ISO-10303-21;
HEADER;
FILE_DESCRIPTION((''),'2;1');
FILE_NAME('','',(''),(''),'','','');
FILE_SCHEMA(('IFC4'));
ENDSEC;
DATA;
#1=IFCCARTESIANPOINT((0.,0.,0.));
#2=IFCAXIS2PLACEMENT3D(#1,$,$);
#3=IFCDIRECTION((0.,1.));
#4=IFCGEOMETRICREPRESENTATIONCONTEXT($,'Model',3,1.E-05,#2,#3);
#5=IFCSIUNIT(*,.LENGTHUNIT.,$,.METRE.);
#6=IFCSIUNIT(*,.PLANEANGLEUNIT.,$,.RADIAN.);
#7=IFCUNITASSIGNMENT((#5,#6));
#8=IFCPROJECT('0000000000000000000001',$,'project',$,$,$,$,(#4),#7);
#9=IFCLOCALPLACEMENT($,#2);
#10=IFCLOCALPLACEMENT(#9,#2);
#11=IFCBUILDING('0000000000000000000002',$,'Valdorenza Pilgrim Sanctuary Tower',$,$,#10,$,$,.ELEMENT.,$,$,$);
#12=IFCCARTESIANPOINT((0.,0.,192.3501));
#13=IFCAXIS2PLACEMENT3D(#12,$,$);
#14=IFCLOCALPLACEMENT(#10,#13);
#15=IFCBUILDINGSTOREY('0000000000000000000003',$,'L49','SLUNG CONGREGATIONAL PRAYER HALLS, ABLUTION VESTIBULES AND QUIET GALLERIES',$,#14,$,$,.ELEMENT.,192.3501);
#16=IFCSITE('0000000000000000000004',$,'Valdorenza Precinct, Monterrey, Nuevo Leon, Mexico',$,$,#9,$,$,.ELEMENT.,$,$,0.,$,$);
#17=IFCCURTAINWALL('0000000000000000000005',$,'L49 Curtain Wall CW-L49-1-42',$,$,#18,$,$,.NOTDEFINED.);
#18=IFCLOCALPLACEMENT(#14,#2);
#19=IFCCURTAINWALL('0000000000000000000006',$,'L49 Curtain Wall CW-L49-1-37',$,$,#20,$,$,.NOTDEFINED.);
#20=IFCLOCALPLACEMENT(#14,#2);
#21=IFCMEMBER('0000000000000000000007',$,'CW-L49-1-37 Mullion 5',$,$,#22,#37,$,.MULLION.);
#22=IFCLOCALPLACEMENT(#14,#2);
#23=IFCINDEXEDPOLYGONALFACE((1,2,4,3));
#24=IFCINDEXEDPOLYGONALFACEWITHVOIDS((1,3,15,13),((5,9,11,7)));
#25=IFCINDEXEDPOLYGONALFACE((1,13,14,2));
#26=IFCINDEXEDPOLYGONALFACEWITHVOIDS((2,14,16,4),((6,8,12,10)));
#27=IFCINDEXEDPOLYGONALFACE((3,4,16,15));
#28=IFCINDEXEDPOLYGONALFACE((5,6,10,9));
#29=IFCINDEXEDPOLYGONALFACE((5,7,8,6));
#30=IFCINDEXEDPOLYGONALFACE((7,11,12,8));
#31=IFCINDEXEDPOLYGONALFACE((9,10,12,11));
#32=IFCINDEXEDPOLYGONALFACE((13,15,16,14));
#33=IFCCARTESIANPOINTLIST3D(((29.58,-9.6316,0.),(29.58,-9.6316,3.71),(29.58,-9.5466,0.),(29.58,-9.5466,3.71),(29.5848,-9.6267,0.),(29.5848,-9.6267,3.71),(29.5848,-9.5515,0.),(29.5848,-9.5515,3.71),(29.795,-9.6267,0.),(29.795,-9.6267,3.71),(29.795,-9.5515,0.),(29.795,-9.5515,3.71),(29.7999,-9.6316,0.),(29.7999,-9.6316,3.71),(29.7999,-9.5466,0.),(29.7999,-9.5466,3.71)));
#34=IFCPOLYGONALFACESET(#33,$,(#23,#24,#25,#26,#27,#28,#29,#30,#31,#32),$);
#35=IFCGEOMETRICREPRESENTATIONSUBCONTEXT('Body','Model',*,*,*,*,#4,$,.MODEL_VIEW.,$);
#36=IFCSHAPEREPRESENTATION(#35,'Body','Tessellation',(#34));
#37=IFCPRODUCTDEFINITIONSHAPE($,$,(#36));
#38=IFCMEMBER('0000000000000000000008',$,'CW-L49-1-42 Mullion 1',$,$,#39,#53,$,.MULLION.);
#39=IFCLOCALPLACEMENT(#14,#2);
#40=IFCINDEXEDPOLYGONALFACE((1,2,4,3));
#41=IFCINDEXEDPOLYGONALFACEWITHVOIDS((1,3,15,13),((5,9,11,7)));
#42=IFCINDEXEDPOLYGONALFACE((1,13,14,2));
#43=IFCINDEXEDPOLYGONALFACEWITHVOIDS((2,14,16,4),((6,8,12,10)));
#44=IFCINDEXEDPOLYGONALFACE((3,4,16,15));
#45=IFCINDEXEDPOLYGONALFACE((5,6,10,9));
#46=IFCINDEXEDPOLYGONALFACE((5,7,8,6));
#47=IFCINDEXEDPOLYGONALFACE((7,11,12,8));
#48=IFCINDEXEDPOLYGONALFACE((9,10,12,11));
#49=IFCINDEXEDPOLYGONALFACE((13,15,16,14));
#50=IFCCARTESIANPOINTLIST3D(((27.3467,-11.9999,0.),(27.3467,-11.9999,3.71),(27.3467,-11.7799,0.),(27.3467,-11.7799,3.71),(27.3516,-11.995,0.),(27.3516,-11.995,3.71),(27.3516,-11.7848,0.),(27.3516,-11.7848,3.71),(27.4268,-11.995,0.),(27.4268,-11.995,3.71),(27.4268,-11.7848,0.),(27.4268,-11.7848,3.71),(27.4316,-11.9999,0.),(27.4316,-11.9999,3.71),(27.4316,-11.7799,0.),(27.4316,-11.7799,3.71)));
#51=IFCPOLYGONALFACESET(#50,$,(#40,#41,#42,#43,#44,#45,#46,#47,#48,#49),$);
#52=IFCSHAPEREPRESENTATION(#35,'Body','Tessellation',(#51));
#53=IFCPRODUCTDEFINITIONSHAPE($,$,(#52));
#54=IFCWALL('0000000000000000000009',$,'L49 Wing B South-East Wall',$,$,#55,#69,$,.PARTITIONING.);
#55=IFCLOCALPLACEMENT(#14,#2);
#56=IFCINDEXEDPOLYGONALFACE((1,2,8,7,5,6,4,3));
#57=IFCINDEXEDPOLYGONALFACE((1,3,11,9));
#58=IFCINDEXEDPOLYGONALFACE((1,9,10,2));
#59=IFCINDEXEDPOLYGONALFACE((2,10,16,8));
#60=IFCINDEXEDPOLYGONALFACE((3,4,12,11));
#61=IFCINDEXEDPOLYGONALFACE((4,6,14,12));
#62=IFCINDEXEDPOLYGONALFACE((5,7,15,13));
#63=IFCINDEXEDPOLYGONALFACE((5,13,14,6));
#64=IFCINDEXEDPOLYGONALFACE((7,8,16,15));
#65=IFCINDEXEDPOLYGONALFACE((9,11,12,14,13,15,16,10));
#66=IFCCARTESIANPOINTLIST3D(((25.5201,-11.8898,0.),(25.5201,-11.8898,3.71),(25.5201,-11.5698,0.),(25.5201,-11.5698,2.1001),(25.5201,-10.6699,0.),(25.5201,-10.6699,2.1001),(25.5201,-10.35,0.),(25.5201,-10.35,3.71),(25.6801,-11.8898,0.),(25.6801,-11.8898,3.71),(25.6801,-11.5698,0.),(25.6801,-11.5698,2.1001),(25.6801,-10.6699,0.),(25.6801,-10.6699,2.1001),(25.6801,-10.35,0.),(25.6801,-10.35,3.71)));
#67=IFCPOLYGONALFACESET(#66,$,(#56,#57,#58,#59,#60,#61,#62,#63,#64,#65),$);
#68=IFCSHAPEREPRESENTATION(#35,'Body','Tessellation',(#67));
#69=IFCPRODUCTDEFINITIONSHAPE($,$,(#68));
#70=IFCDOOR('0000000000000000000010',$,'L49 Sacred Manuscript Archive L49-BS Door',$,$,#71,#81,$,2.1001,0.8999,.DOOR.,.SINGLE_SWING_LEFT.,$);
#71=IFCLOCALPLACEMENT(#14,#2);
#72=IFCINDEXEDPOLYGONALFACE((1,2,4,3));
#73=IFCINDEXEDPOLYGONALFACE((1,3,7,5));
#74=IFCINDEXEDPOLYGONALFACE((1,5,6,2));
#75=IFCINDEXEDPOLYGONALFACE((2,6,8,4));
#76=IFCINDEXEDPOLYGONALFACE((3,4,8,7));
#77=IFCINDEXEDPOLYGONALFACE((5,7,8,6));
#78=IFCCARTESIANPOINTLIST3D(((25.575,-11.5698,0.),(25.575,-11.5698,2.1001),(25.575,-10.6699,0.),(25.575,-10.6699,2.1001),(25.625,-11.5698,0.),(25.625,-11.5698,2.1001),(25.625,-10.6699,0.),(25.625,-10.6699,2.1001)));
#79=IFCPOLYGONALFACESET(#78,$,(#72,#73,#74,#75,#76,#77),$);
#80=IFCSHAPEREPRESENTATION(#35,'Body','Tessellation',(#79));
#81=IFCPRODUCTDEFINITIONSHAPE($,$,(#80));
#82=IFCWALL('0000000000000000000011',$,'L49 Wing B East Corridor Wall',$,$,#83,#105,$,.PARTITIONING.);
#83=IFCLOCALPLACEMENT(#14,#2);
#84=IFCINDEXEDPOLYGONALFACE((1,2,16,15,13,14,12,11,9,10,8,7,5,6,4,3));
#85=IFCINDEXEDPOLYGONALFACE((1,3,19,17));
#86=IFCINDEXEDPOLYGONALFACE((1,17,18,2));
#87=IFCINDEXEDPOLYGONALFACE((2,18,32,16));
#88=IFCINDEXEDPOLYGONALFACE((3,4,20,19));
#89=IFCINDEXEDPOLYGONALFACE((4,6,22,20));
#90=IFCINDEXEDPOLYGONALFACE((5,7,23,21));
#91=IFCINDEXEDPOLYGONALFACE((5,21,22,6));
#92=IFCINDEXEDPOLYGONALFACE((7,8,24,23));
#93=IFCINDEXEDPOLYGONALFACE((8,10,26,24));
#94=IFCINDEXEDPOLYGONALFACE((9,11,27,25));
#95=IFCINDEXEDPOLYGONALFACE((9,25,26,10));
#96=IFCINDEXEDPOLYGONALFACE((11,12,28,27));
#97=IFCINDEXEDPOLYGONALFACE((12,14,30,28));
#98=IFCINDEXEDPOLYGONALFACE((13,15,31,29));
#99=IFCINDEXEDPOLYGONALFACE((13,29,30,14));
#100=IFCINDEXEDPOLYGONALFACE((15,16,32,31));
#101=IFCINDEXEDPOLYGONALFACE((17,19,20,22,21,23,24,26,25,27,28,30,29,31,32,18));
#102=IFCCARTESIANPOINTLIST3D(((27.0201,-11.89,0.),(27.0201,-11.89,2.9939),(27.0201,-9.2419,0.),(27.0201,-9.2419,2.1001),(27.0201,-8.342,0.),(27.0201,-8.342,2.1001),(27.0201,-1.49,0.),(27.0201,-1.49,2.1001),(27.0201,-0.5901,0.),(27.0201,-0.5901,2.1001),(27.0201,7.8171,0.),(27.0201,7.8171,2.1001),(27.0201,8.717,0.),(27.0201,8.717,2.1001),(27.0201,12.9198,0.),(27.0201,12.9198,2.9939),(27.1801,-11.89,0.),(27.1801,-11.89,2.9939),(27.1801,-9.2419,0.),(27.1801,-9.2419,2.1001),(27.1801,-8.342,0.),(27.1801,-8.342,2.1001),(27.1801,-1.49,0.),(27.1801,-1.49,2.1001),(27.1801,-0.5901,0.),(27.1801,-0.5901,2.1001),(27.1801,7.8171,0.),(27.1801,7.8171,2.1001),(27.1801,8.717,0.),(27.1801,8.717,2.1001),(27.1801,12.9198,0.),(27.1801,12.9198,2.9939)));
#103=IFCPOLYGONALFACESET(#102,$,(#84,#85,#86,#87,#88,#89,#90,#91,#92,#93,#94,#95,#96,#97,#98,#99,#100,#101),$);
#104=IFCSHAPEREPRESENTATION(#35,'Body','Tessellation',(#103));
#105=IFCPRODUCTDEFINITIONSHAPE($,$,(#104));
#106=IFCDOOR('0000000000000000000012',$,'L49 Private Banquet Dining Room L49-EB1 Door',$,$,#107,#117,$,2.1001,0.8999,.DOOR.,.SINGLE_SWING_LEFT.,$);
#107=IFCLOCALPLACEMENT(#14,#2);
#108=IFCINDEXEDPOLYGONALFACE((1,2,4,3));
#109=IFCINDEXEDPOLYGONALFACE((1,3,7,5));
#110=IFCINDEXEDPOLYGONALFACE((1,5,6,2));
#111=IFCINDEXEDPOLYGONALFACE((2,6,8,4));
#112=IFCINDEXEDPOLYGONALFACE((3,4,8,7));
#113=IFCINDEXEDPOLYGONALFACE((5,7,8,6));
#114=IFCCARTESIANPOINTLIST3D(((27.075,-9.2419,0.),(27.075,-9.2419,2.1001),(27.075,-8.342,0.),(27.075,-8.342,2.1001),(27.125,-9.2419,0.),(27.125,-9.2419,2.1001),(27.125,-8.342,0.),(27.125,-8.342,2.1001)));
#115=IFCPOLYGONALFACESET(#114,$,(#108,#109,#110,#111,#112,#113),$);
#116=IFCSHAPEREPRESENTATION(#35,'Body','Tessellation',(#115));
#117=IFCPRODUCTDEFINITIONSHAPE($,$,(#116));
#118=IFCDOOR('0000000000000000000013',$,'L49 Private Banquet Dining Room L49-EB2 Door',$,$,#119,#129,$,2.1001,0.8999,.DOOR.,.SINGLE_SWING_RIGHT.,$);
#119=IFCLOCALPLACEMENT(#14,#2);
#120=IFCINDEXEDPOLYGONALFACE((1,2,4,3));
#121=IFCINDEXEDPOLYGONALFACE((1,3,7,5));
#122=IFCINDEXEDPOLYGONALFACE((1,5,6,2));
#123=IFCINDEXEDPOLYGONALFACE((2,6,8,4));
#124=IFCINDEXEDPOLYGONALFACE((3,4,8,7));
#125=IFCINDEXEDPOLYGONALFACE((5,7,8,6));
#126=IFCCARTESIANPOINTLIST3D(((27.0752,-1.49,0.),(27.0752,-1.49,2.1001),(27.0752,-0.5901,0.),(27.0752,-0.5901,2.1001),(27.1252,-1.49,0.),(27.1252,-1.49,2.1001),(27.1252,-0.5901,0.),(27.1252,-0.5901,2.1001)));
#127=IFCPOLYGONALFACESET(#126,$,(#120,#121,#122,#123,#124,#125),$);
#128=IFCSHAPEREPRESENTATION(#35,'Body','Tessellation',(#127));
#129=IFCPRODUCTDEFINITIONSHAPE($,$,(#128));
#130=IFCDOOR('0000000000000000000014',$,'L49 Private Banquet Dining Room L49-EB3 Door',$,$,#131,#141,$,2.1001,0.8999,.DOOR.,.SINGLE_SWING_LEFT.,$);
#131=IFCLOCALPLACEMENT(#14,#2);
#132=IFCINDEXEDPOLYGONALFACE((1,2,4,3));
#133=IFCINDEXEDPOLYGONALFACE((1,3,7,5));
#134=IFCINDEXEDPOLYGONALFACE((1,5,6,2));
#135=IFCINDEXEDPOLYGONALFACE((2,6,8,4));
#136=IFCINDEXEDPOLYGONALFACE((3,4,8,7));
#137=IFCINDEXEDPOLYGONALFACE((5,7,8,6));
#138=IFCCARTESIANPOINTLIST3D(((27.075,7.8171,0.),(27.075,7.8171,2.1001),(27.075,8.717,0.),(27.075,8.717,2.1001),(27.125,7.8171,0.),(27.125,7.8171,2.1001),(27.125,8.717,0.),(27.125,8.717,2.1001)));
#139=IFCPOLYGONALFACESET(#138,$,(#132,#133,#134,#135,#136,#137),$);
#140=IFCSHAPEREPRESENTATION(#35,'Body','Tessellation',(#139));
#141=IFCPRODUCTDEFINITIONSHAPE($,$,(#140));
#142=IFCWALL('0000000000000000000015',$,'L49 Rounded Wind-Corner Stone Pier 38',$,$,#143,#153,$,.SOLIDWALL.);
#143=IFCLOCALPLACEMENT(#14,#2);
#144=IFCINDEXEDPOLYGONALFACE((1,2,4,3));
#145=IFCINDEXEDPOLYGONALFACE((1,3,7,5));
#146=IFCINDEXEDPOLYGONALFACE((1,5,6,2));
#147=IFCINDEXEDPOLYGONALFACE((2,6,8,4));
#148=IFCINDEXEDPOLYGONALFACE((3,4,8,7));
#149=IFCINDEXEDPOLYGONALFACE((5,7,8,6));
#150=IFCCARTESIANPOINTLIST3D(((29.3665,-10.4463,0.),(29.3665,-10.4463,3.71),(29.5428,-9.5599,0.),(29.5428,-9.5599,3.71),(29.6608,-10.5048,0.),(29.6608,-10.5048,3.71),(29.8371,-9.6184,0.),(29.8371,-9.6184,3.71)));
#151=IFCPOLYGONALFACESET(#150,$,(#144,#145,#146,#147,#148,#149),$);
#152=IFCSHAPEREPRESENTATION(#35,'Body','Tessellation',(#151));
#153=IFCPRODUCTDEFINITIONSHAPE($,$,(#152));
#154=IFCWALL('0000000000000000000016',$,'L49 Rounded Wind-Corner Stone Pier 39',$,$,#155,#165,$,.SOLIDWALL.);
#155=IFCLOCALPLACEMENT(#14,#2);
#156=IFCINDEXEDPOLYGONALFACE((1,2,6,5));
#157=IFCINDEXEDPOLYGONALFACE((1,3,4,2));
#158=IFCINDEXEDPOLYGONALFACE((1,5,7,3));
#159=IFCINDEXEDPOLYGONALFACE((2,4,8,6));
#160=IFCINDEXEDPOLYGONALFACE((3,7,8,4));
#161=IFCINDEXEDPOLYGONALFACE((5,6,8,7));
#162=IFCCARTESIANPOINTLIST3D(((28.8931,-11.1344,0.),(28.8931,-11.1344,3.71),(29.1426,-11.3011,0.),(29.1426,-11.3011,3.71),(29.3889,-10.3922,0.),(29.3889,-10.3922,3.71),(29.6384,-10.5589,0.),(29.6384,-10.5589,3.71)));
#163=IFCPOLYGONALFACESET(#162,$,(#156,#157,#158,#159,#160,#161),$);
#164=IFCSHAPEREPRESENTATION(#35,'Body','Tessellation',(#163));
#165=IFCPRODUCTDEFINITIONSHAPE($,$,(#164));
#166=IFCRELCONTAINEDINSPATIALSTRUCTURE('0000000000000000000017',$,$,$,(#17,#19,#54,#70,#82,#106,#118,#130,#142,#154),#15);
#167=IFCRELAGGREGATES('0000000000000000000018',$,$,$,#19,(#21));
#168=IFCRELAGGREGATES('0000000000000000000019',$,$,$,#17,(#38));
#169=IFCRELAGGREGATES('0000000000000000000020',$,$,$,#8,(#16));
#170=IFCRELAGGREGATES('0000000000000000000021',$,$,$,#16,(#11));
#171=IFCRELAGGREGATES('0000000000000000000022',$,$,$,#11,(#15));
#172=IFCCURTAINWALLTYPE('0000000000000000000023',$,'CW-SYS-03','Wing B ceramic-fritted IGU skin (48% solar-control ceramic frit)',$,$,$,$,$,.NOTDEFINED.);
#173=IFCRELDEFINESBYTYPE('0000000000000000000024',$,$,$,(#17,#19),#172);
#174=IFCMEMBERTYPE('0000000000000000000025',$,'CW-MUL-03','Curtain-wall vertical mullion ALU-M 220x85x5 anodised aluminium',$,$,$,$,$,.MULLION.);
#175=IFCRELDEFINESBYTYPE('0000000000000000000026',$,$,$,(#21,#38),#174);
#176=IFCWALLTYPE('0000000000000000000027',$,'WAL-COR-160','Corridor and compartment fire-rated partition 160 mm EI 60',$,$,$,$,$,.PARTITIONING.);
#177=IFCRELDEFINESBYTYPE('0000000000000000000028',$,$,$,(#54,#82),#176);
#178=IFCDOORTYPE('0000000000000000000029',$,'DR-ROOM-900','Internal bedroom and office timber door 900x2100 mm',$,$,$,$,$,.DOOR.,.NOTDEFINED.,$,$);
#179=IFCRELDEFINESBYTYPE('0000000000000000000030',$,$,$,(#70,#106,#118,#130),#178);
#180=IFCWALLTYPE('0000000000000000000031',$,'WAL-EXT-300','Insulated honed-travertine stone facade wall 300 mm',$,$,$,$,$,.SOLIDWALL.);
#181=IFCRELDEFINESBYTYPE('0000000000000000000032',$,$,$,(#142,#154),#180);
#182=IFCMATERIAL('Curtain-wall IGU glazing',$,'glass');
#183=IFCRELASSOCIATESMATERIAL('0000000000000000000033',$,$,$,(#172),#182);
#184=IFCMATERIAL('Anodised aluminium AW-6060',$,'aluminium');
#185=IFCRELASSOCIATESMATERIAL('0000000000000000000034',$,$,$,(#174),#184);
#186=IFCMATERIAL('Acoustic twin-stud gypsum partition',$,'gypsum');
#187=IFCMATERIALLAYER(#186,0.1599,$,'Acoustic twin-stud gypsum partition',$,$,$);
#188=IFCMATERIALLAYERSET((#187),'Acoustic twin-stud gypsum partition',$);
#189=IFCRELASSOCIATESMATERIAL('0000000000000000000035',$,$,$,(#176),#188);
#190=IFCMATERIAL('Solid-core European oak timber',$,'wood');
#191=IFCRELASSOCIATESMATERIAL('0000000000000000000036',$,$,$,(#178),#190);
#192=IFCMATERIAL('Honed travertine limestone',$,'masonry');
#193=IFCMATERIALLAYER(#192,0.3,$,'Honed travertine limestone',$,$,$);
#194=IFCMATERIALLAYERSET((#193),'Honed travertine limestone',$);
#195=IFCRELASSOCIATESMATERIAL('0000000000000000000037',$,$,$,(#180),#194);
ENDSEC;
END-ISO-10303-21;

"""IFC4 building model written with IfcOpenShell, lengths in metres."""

from ifc_helpers import new_model, si_unit, direction, frame, frame_2d, origin, origin_2d, place, context, subcontext, project, spatial, rectangle, hollow_rectangle, extrude, source, transform, mapped, material, layer, layer_set, material_profile, profile_set, type_object, element, fill, aggregate, save


model = new_model("IFC4")

# Units and contexts
model_context = context("Model", 3, precision=1e-05, world=origin(), true_north=direction((0.0, 1.0)))
body_context = subcontext(model_context, "Body", "Model", "MODEL_VIEW")
ifc_project = project(units=[si_unit("LENGTHUNIT", "METRE"), si_unit("PLANEANGLEUNIT", "RADIAN")], contexts=[model_context])

# Site, building, storey
site_placement = place(None, origin())
site = spatial("IfcSite", under=ifc_project, at=site_placement, Name="Valdorenza Precinct, Monterrey, Nuevo Leon, Mexico", CompositionType="ELEMENT", RefElevation=0.0)
building_placement = place(site_placement, origin())
building = spatial("IfcBuilding", under=site, at=building_placement, Name="Valdorenza Pilgrim Sanctuary Tower", CompositionType="ELEMENT")
storey_placement = place(building_placement, frame((0.0, 0.0, 192.3501)))
storey = spatial("IfcBuildingStorey", under=building, at=storey_placement, Name="L49", Description="SLUNG CONGREGATIONAL PRAYER HALLS, ABLUTION VESTIBULES AND QUIET GALLERIES", CompositionType="ELEMENT", Elevation=192.3501)

# Curtain walls, member
ifc_material_1 = material(Name="Curtain-wall IGU glazing", Category="glass")
curtain_wall_type = type_object("IfcCurtainWallType", Name="CW-SYS-03", Description="Wing B ceramic-fritted IGU skin (48% solar-control ceramic frit)", PredefinedType="NOTDEFINED", material=ifc_material_1)
curtain_wall_1_placement = place(storey_placement, origin())
curtain_wall_1 = element("IfcCurtainWall", 1, at=curtain_wall_1_placement, inside=storey, type_object=curtain_wall_type, Name="L49 Curtain Wall CW-L49-1-42", PredefinedType="NOTDEFINED")
ifc_material_2 = material(Name="Anodised aluminium AW-6060", Category="aluminium")
curtain_wall_2_placement = place(storey_placement, origin())
curtain_wall_2 = element("IfcCurtainWall", 2, at=curtain_wall_2_placement, inside=storey, type_object=curtain_wall_type, Name="L49 Curtain Wall CW-L49-1-37", PredefinedType="NOTDEFINED")
ifc_material_profile_1 = material_profile(ifc_material_2, hollow_rectangle(XDim=0.085, YDim=0.22, WallThickness=0.0049, at=origin_2d()), Name="ALU-M 220x85x5")
ifc_profile_set_1 = profile_set([ifc_material_profile_1], Name="Anodised aluminium AW-6060")
member_type_1 = type_object("IfcMemberType", Name="CW-MUL-03", Description="Curtain-wall vertical mullion ALU-M 220x85x5 anodised aluminium", PredefinedType="MULLION", material=ifc_profile_set_1)
shared_shape_1 = source(origin(), body_context, "Body", "SweptSolid", [
    extrude(hollow_rectangle(XDim=0.085, YDim=0.22, WallThickness=0.0049, at=origin_2d()), origin(), (0.0, 0.0, 1.0), 3.71),
])
member_1_placement = place(storey_placement, frame((29.6899, -9.5891, 0.0), z_axis=(0.0, 0.0, 1.0), x_axis=(0.0, -1.0, 0.0)))
member_1 = element("IfcMember", 3, at=member_1_placement, type_object=member_type_1, Name="CW-L49-1-37 Mullion 5", PredefinedType="MULLION", context=body_context, shape_type="MappedRepresentation", body=[
    mapped(shared_shape_1, transform((0.0, 0.0, 0.0), x_axis=(1.0, 0.0, 0.0), y_axis=(0.0, 1.0, 0.0), z_axis=(0.0, 0.0, 1.0), scale=1.0)),
])
aggregate(curtain_wall_2, [member_1])

# Member
member_2_placement = place(storey_placement, frame((27.3892, -11.8899, 0.0), z_axis=(0.0, 0.0, 1.0), x_axis=(-1.0, 0.0, 0.0)))
member_2 = element("IfcMember", 4, at=member_2_placement, type_object=member_type_1, Name="CW-L49-1-42 Mullion 1", PredefinedType="MULLION", context=body_context, shape_type="MappedRepresentation", body=[
    mapped(shared_shape_1, transform((0.0, 0.0, 0.0), x_axis=(1.0, 0.0, 0.0), y_axis=(0.0, 1.0, 0.0), z_axis=(0.0, 0.0, 1.0), scale=1.0)),
])
aggregate(curtain_wall_1, [member_2])

# Wall, opening, door
ifc_material_3 = material(Name="Acoustic twin-stud gypsum partition", Category="gypsum")
ifc_layer_1 = layer(ifc_material_3, 0.1599, Name="Acoustic twin-stud gypsum partition")
ifc_layer_set_1 = layer_set([ifc_layer_1], Name="Acoustic twin-stud gypsum partition")
wall_type_1 = type_object("IfcWallType", Name="WAL-COR-160", Description="Corridor and compartment fire-rated partition 160 mm EI 60", PredefinedType="PARTITIONING", material=ifc_layer_set_1)
wall_1_placement = place(storey_placement, frame((25.6001, -11.8899, 0.0), z_axis=(0.0, 0.0, 1.0), x_axis=(0.0, 1.0, 0.0)))
wall_1 = element("IfcWall", 5, at=wall_1_placement, inside=storey, type_object=wall_type_1, Name="L49 Wing B South-East Wall", PredefinedType="PARTITIONING", context=body_context, shape_type="SweptSolid", body=[
    extrude(rectangle(XDim=1.5398, YDim=0.1599, at=frame_2d((0.77, 0.0))), origin(), (0.0, 0.0, 1.0), 3.71),
])
opening_1_placement = place(wall_1_placement, frame((0.3201, 0.0, 0.0)))
opening_1 = element("IfcOpeningElement", 6, at=opening_1_placement, cuts=wall_1, PredefinedType="OPENING", context=body_context, shape_type="SweptSolid", body=[
    extrude(rectangle(XDim=0.8999, YDim=2.1001, at=frame_2d((0.45, 1.05))), frame((0.0, 0.0947, 0.0), z_axis=(0.0, -1.0, 0.0), x_axis=(1.0, 0.0, 0.0)), (0.0, 0.0, 1.0), 0.1897),
])
ifc_material_4 = material(Name="Solid-core European oak timber", Category="wood")
door_type = type_object("IfcDoorType", Name="DR-ROOM-900", Description="Internal bedroom and office timber door 900x2100 mm", OperationType="NOTDEFINED", PredefinedType="DOOR", material=ifc_material_4)
door_1_placement = place(opening_1_placement, frame((0.8999, 0.0, 0.0), z_axis=(0.0, 0.0, 1.0), x_axis=(-1.0, 0.0, 0.0)))
door_1 = element("IfcDoor", 7, at=door_1_placement, inside=storey, type_object=door_type, Name="L49 Sacred Manuscript Archive L49-BS Door", OperationType="SINGLE_SWING_LEFT", OverallHeight=2.1001, OverallWidth=0.8999, PredefinedType="DOOR", context=body_context, shape_type="SweptSolid", body=[
    extrude(rectangle(XDim=0.8999, YDim=2.1001, at=frame_2d((0.45, 1.05))), frame((0.0, 0.0249, 0.0), z_axis=(0.0, -1.0, 0.0), x_axis=(1.0, 0.0, 0.0)), (0.0, 0.0, 1.0), 0.05),
])
fill(opening_1, door_1)

# Wall, openings, doors
wall_2_placement = place(storey_placement, frame((27.1001, -11.8899, 0.0), z_axis=(0.0, 0.0, 1.0), x_axis=(0.0, 1.0, 0.0)))
wall_2 = element("IfcWall", 8, at=wall_2_placement, inside=storey, type_object=wall_type_1, Name="L49 Wing B East Corridor Wall", PredefinedType="PARTITIONING", context=body_context, shape_type="SweptSolid", body=[
    extrude(rectangle(XDim=24.8098, YDim=0.1599, at=frame_2d((12.4048, 0.0))), origin(), (0.0, 0.0, 1.0), 2.9939),
])
opening_2_placement = place(wall_2_placement, frame((2.6479, 0.0, 0.0)))
opening_2 = element("IfcOpeningElement", 9, at=opening_2_placement, cuts=wall_2, PredefinedType="OPENING", context=body_context, shape_type="SweptSolid", body=[
    extrude(rectangle(XDim=0.8999, YDim=2.1001, at=frame_2d((0.45, 1.05))), frame((0.0, 0.0947, 0.0), z_axis=(0.0, -1.0, 0.0), x_axis=(1.0, 0.0, 0.0)), (0.0, 0.0, 1.0), 0.1897),
])
opening_3_placement = place(wall_2_placement, frame((10.3999, 0.0, 0.0)))
opening_3 = element("IfcOpeningElement", 10, at=opening_3_placement, cuts=wall_2, PredefinedType="OPENING", context=body_context, shape_type="SweptSolid", body=[
    extrude(rectangle(XDim=0.8999, YDim=2.1001, at=frame_2d((0.45, 1.05))), frame((0.0, 0.0947, 0.0), z_axis=(0.0, -1.0, 0.0), x_axis=(1.0, 0.0, 0.0)), (0.0, 0.0, 1.0), 0.1897),
])
opening_4_placement = place(wall_2_placement, frame((19.707, 0.0, 0.0)))
opening_4 = element("IfcOpeningElement", 11, at=opening_4_placement, cuts=wall_2, PredefinedType="OPENING", context=body_context, shape_type="SweptSolid", body=[
    extrude(rectangle(XDim=0.8999, YDim=2.1001, at=frame_2d((0.45, 1.05))), frame((0.0, 0.0947, 0.0), z_axis=(0.0, -1.0, 0.0), x_axis=(1.0, 0.0, 0.0)), (0.0, 0.0, 1.0), 0.1897),
])
door_2_placement = place(opening_2_placement, frame((0.8999, 0.0, 0.0), z_axis=(0.0, 0.0, 1.0), x_axis=(-1.0, 0.0, 0.0)))
door_2 = element("IfcDoor", 12, at=door_2_placement, inside=storey, type_object=door_type, Name="L49 Private Banquet Dining Room L49-EB1 Door", OperationType="SINGLE_SWING_LEFT", OverallHeight=2.1001, OverallWidth=0.8999, PredefinedType="DOOR", context=body_context, shape_type="SweptSolid", body=[
    extrude(rectangle(XDim=0.8999, YDim=2.1001, at=frame_2d((0.45, 1.05))), frame((0.0, 0.0249, 0.0), z_axis=(0.0, -1.0, 0.0), x_axis=(1.0, 0.0, 0.0)), (0.0, 0.0, 1.0), 0.05),
])
fill(opening_2, door_2)
door_3_placement = place(opening_3_placement, origin())
door_3 = element("IfcDoor", 13, at=door_3_placement, inside=storey, type_object=door_type, Name="L49 Private Banquet Dining Room L49-EB2 Door", OperationType="SINGLE_SWING_RIGHT", OverallHeight=2.1001, OverallWidth=0.8999, PredefinedType="DOOR", context=body_context, shape_type="SweptSolid", body=[
    extrude(rectangle(XDim=0.8999, YDim=2.1001, at=frame_2d((0.45, 1.05))), frame((0.0, 0.0249, 0.0), z_axis=(0.0, -1.0, 0.0), x_axis=(1.0, 0.0, 0.0)), (0.0, 0.0, 1.0), 0.05),
])
fill(opening_3, door_3)
door_4_placement = place(opening_4_placement, frame((0.8999, 0.0, 0.0), z_axis=(0.0, 0.0, 1.0), x_axis=(-1.0, 0.0, 0.0)))
door_4 = element("IfcDoor", 14, at=door_4_placement, inside=storey, type_object=door_type, Name="L49 Private Banquet Dining Room L49-EB3 Door", OperationType="SINGLE_SWING_LEFT", OverallHeight=2.1001, OverallWidth=0.8999, PredefinedType="DOOR", context=body_context, shape_type="SweptSolid", body=[
    extrude(rectangle(XDim=0.8999, YDim=2.1001, at=frame_2d((0.45, 1.05))), frame((0.0, 0.0249, 0.0), z_axis=(0.0, -1.0, 0.0), x_axis=(1.0, 0.0, 0.0)), (0.0, 0.0, 1.0), 0.05),
])
fill(opening_4, door_4)

# Walls
ifc_material_5 = material(Name="Honed travertine limestone", Category="masonry")
ifc_layer_2 = layer(ifc_material_5, 0.3, Name="Honed travertine limestone")
ifc_layer_set_2 = layer_set([ifc_layer_2], Name="Honed travertine limestone")
wall_type_2 = type_object("IfcWallType", Name="WAL-EXT-300", Description="Insulated honed-travertine stone facade wall 300 mm", PredefinedType="SOLIDWALL", material=ifc_layer_set_2)
wall_3_placement = place(storey_placement, frame((29.6899, -9.5891, 0.0), z_axis=(0.0, 0.0, 1.0), x_axis=(-0.195025, -0.980798, 0.0)))
element("IfcWall", 15, at=wall_3_placement, inside=storey, type_object=wall_type_2, Name="L49 Rounded Wind-Corner Stone Pier 38", PredefinedType="SOLIDWALL", context=body_context, shape_type="SweptSolid", body=[
    extrude(rectangle(XDim=0.9038, YDim=0.3, at=frame_2d((0.4519, 0.0))), origin(), (0.0, 0.0, 1.0), 3.71),
])
wall_4_placement = place(storey_placement, frame((29.5137, -10.4756, 0.0), z_axis=(0.0, 0.0, 1.0), x_axis=(-0.55552, -0.831503, 0.0)))
element("IfcWall", 16, at=wall_4_placement, inside=storey, type_object=wall_type_2, Name="L49 Rounded Wind-Corner Stone Pier 39", PredefinedType="SOLIDWALL", context=body_context, shape_type="SweptSolid", body=[
    extrude(rectangle(XDim=0.8926, YDim=0.3, at=frame_2d((0.4463, 0.0))), origin(), (0.0, 0.0, 1.0), 3.71),
])

save(model, "model.ifc")
